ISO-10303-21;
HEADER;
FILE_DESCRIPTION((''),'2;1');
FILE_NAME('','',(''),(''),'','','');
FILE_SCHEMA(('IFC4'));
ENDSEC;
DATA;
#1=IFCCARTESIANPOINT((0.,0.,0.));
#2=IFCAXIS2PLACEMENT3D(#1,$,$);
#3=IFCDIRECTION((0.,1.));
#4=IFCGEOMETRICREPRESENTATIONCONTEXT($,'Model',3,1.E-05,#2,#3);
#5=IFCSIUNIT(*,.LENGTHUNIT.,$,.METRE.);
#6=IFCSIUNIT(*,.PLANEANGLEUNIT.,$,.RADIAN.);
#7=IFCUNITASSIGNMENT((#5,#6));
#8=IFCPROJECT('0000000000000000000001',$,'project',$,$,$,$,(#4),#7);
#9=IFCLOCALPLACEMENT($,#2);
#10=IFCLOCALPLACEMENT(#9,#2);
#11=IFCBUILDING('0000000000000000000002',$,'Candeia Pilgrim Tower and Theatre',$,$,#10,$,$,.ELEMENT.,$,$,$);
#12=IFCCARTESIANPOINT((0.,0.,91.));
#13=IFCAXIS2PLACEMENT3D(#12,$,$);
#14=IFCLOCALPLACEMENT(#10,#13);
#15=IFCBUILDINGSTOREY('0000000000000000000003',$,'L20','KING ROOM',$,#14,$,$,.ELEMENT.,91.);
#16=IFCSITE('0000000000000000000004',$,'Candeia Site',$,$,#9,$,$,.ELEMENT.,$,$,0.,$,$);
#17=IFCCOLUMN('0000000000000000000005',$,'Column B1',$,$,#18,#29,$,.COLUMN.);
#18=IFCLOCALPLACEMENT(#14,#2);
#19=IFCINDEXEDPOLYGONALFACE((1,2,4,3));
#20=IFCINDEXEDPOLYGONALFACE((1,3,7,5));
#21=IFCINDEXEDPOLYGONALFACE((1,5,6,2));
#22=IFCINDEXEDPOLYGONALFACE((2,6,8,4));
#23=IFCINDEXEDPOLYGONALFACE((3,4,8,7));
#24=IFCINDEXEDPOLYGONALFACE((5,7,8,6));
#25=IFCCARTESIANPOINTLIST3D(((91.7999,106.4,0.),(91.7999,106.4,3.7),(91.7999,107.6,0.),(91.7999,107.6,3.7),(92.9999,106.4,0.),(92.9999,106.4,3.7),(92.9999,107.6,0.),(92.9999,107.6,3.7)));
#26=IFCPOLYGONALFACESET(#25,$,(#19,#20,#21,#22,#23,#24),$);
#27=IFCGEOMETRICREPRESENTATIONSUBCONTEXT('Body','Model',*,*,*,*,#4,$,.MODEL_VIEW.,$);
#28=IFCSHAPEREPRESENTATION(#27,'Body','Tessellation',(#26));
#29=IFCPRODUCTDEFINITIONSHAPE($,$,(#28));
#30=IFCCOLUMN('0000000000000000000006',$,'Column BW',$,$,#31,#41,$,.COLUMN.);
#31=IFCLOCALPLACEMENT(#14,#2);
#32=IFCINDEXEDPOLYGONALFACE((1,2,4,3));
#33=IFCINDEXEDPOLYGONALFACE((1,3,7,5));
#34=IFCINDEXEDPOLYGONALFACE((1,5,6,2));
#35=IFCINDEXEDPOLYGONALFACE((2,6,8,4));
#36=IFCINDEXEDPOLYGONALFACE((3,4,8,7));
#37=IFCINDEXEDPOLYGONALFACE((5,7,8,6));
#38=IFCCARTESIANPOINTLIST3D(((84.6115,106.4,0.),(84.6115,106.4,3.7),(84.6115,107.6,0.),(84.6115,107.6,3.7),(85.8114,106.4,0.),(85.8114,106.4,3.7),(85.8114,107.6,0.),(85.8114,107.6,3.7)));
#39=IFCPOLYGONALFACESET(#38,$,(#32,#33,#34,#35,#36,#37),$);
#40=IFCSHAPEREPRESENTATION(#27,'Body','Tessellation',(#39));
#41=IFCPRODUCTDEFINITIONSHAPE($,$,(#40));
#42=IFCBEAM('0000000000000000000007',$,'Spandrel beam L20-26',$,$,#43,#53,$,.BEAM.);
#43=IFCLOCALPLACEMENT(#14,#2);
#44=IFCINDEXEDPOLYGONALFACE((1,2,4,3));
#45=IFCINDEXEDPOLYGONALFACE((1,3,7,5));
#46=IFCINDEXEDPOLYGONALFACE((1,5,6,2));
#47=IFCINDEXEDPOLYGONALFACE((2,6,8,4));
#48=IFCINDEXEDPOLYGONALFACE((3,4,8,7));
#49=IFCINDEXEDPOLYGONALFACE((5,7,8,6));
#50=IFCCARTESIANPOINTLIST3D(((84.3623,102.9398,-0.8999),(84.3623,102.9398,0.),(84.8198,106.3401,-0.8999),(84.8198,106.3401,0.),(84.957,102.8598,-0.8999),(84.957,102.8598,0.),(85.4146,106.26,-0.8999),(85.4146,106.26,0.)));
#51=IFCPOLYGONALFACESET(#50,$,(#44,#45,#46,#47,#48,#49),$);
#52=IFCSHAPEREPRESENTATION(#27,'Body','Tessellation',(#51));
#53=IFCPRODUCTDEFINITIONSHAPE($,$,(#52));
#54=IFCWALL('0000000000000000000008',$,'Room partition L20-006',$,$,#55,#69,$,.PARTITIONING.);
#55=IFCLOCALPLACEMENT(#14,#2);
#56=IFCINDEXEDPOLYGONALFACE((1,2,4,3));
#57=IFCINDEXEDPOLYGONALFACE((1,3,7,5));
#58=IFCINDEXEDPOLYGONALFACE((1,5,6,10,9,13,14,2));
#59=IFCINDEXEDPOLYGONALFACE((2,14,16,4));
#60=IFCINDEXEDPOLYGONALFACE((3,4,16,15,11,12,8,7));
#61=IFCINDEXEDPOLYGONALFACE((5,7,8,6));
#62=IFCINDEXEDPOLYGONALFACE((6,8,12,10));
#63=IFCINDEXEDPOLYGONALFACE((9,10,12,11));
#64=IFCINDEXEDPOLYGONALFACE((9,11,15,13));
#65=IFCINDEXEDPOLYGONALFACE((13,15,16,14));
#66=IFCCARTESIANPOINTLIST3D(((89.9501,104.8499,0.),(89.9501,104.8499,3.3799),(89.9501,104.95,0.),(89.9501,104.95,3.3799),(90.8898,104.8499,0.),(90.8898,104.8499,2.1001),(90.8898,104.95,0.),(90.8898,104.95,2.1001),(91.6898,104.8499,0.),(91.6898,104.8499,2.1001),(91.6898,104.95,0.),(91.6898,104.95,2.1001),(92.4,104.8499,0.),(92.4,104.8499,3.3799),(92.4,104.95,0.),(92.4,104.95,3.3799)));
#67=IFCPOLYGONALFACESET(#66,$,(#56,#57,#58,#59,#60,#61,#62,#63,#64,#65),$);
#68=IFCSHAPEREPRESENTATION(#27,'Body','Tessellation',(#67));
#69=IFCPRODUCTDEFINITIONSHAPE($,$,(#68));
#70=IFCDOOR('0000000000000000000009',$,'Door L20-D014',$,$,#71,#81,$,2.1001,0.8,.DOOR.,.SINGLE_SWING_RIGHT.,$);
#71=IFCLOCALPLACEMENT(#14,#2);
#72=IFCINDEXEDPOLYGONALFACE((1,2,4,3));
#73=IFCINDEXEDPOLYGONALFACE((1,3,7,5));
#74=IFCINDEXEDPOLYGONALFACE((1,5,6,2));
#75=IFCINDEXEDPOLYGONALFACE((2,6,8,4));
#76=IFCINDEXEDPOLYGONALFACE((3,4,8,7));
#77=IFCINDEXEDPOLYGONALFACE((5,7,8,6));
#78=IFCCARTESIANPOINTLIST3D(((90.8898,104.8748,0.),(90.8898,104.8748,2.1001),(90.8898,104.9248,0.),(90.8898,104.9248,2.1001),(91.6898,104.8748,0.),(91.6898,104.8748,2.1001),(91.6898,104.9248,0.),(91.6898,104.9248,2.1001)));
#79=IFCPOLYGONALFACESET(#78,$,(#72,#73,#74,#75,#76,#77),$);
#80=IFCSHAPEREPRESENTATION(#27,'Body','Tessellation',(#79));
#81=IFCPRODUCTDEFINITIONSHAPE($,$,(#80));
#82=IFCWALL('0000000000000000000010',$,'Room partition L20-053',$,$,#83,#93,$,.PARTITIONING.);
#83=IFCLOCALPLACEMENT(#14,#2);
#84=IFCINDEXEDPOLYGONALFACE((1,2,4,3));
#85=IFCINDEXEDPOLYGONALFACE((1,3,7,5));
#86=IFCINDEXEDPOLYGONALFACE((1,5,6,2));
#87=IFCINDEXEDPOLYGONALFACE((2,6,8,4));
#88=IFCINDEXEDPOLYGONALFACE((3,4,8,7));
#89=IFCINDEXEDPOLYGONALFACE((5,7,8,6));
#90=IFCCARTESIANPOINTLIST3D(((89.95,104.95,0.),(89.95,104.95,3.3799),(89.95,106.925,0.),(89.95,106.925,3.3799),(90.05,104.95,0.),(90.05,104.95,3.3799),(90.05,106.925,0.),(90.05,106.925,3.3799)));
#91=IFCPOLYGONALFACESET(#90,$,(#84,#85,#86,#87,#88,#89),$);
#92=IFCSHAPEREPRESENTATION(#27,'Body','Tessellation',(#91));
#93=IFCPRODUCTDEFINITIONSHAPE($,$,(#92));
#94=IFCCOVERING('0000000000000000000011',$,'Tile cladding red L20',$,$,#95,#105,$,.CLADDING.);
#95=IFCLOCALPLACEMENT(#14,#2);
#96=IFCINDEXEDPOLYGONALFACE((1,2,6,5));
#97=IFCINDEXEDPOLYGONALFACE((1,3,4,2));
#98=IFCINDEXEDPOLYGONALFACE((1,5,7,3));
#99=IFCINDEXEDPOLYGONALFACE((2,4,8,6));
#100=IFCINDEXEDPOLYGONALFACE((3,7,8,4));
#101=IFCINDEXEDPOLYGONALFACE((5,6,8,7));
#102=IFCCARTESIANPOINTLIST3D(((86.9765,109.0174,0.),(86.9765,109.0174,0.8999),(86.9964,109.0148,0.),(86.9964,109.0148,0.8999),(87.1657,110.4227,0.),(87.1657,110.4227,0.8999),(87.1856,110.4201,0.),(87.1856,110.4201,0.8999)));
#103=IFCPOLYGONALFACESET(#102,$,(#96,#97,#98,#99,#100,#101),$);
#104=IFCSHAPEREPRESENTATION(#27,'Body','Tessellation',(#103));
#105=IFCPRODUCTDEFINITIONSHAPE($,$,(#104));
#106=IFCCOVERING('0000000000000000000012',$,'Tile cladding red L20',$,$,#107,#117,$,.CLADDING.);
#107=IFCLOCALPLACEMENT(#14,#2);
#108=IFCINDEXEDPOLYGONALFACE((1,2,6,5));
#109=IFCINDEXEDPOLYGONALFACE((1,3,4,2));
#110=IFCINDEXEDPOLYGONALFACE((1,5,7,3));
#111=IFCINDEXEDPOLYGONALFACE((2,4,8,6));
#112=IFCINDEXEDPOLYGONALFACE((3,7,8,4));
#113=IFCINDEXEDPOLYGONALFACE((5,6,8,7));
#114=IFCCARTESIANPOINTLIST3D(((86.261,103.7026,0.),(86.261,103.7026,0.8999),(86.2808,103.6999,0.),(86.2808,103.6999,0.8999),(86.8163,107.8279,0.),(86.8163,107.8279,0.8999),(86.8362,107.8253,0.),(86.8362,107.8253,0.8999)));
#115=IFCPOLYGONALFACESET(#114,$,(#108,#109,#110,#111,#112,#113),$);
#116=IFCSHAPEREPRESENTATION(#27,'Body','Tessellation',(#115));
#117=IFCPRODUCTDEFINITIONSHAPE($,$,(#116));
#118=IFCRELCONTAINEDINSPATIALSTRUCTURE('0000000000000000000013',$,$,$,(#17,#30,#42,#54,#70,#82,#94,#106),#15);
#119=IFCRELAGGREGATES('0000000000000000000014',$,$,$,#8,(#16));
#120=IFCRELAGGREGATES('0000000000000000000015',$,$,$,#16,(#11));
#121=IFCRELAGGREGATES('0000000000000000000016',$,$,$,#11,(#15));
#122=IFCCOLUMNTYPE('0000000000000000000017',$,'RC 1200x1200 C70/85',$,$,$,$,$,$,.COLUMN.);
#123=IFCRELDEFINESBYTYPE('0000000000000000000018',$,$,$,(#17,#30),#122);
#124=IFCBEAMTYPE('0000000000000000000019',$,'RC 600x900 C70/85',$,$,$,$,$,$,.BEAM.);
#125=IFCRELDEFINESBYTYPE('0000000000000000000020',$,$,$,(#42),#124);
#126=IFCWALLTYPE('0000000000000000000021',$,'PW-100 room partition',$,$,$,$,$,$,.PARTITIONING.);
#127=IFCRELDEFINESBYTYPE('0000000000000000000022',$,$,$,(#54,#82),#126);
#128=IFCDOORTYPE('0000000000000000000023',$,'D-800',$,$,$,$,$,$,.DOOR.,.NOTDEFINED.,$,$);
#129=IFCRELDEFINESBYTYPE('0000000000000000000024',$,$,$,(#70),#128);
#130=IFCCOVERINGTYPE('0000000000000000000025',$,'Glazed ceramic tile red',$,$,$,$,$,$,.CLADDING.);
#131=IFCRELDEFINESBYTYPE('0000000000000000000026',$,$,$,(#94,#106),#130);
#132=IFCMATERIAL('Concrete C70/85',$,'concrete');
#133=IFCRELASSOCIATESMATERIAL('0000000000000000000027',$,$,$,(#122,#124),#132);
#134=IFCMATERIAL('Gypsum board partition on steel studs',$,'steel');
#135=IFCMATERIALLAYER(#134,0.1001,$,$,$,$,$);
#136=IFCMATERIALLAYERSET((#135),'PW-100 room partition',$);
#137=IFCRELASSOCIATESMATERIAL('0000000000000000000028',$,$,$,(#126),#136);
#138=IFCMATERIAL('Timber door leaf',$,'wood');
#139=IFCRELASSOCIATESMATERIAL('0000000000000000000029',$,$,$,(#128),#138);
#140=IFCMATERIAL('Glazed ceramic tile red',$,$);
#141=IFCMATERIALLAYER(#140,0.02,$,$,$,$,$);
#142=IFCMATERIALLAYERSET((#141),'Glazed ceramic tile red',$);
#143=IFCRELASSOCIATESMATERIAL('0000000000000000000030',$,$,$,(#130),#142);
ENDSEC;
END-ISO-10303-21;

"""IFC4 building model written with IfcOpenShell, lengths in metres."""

from ifc_helpers import new_model, si_unit, direction, frame, frame_2d, origin, origin_2d, place, context, subcontext, project, spatial, rectangle, extrude, material, layer, layer_set, material_profile, profile_set, type_object, element, fill, save


model = new_model("IFC4")

# Units and contexts
model_context = context("Model", 3, precision=1e-05, world=origin(), true_north=direction((0.0, 1.0)))
body_context = subcontext(model_context, "Body", "Model", "MODEL_VIEW")
ifc_project = project(units=[si_unit("LENGTHUNIT", "METRE"), si_unit("PLANEANGLEUNIT", "RADIAN")], contexts=[model_context])

# Site, building, storey
site_placement = place(None, origin())
site = spatial("IfcSite", under=ifc_project, at=site_placement, Name="Candeia Site", CompositionType="ELEMENT", RefElevation=0.0)
building_placement = place(site_placement, origin())
building = spatial("IfcBuilding", under=site, at=building_placement, Name="Candeia Pilgrim Tower and Theatre", CompositionType="ELEMENT")
storey_placement = place(building_placement, frame((0.0, 0.0, 91.0)))
storey = spatial("IfcBuildingStorey", under=building, at=storey_placement, Name="L20", Description="KING ROOM", CompositionType="ELEMENT", Elevation=91.0)

# Columns
ifc_material_1 = material(Name="Concrete C70/85", Category="concrete")
ifc_material_profile_1 = material_profile(ifc_material_1, rectangle(XDim=1.2, YDim=1.2, at=origin_2d()))
ifc_profile_set_1 = profile_set([ifc_material_profile_1], Name="Concrete C70/85")
column_type = type_object("IfcColumnType", Name="RC 1200x1200 C70/85", PredefinedType="COLUMN", material=ifc_profile_set_1)
for number, where, z_axis, x_axis, name in (
    (1, (92.3999, 107.0, 0.0), (0.0, 0.0, 1.0), (1.0, 0.0, 0.0), "Column B1"),
    (2, (85.2114, 107.0, 0.0), (0.0, 0.0, 1.0), (1.0, 0.0, 0.0), "Column BW"),
):
    element("IfcColumn", number, at=place(storey_placement, frame(where, z_axis=z_axis, x_axis=x_axis)), inside=storey, type_object=column_type, Name=name, PredefinedType="COLUMN", context=body_context, shape_type="SweptSolid", body=[
        extrude(rectangle(XDim=1.2, YDim=1.2, at=origin_2d()), origin(), (0.0, 0.0, 1.0), 3.7),
    ])

# Beam
ifc_material_profile_2 = material_profile(ifc_material_1, rectangle(XDim=0.6001, YDim=0.8999, at=origin_2d()))
ifc_profile_set_2 = profile_set([ifc_material_profile_2], Name="Concrete C70/85")
beam_type = type_object("IfcBeamType", Name="RC 600x900 C70/85", PredefinedType="BEAM", material=ifc_profile_set_2)
beam_placement = place(storey_placement, frame((85.1172, 106.3, -0.45), z_axis=(-0.133357, -0.991068, 0.0), x_axis=(0.991068, -0.133357, 0.0)))
element("IfcBeam", 3, at=beam_placement, inside=storey, type_object=beam_type, Name="Spandrel beam L20-26", PredefinedType="BEAM", context=body_context, shape_type="SweptSolid", body=[
    extrude(rectangle(XDim=0.6001, YDim=0.8999, at=origin_2d()), origin(), (0.0, 0.0, 1.0), 3.4309),
])

# Wall, opening, door
ifc_material_2 = material(Name="Gypsum board partition on steel studs", Category="steel")
ifc_layer_1 = layer(ifc_material_2, 0.1001)
ifc_layer_set_1 = layer_set([ifc_layer_1], Name="PW-100 room partition")
wall_type_1 = type_object("IfcWallType", Name="PW-100 room partition", PredefinedType="PARTITIONING", material=ifc_layer_set_1)
wall_1_placement = place(storey_placement, frame((89.95, 104.8999, 0.0), z_axis=(0.0, 0.0, 1.0), x_axis=(1.0, 0.0, 0.0)))
wall_1 = element("IfcWall", 4, at=wall_1_placement, inside=storey, type_object=wall_type_1, Name="Room partition L20-006", PredefinedType="PARTITIONING", context=body_context, shape_type="SweptSolid", body=[
    extrude(rectangle(XDim=2.45, YDim=0.1001, at=frame_2d((1.2251, 0.0))), origin(), (0.0, 0.0, 1.0), 3.3799),
])
opening_1_placement = place(wall_1_placement, frame((0.9399, 0.0, 0.0)))
opening_1 = element("IfcOpeningElement", 5, at=opening_1_placement, cuts=wall_1, PredefinedType="OPENING", context=body_context, shape_type="SweptSolid", body=[
    extrude(rectangle(XDim=0.8, YDim=2.1001, at=frame_2d((0.3999, 1.05))), frame((0.0, 0.0601, 0.0), z_axis=(0.0, -1.0, 0.0), x_axis=(1.0, 0.0, 0.0)), (0.0, 0.0, 1.0), 0.1201),
])
ifc_material_3 = material(Name="Timber door leaf", Category="wood")
door_type_1 = type_object("IfcDoorType", Name="D-800", OperationType="NOTDEFINED", PredefinedType="DOOR", material=ifc_material_3)
door_1_placement = place(opening_1_placement, origin())
door_1 = element("IfcDoor", 6, at=door_1_placement, inside=storey, type_object=door_type_1, Name="Door L20-D014", OperationType="SINGLE_SWING_RIGHT", OverallHeight=2.1001, OverallWidth=0.8, PredefinedType="DOOR", context=body_context, shape_type="SweptSolid", body=[
    extrude(rectangle(XDim=0.8, YDim=2.1001, at=frame_2d((0.3999, 1.05))), frame((0.0, 0.0249, 0.0), z_axis=(0.0, -1.0, 0.0), x_axis=(1.0, 0.0, 0.0)), (0.0, 0.0, 1.0), 0.05),
])
fill(opening_1, door_1)

# Wall
wall_2_placement = place(storey_placement, frame((90.0, 104.95, 0.0), z_axis=(0.0, 0.0, 1.0), x_axis=(0.0, 1.0, 0.0)))
element("IfcWall", 7, at=wall_2_placement, inside=storey, type_object=wall_type_1, Name="Room partition L20-053", PredefinedType="PARTITIONING", context=body_context, shape_type="SweptSolid", body=[
    extrude(rectangle(XDim=1.9751, YDim=0.1001, at=frame_2d((0.9875, 0.0))), origin(), (0.0, 0.0, 1.0), 3.3799),
])

# Coverings
ifc_material_4 = material(Name="Glazed ceramic tile red")
ifc_layer_2 = layer(ifc_material_4, 0.02)
ifc_layer_set_2 = layer_set([ifc_layer_2], Name="Glazed ceramic tile red")
covering_type = type_object("IfcCoveringType", Name="Glazed ceramic tile red", PredefinedType="CLADDING", material=ifc_layer_set_2)
covering_1_placement = place(storey_placement, frame((87.0811, 109.7188, 0.0), z_axis=(0.0, 0.0, 1.0), x_axis=(-0.133412, -0.991061, 0.0)))
element("IfcCovering", 8, at=covering_1_placement, inside=storey, type_object=covering_type, Name="Tile cladding red L20", PredefinedType="CLADDING", context=body_context, shape_type="SweptSolid", body=[
    extrude(rectangle(XDim=1.418, YDim=0.02, at=origin_2d()), origin(), (0.0, 0.0, 1.0), 0.8999),
])
covering_2_placement = place(storey_placement, frame((86.5486, 105.7639, 0.0), z_axis=(0.0, 0.0, 1.0), x_axis=(-0.133412, -0.991061, 0.0)))
element("IfcCovering", 9, at=covering_2_placement, inside=storey, type_object=covering_type, Name="Tile cladding red L20", PredefinedType="CLADDING", context=body_context, shape_type="SweptSolid", body=[
    extrude(rectangle(XDim=4.1626, YDim=0.02, at=origin_2d()), origin(), (0.0, 0.0, 1.0), 0.8999),
])

save(model, "model.ifc")
